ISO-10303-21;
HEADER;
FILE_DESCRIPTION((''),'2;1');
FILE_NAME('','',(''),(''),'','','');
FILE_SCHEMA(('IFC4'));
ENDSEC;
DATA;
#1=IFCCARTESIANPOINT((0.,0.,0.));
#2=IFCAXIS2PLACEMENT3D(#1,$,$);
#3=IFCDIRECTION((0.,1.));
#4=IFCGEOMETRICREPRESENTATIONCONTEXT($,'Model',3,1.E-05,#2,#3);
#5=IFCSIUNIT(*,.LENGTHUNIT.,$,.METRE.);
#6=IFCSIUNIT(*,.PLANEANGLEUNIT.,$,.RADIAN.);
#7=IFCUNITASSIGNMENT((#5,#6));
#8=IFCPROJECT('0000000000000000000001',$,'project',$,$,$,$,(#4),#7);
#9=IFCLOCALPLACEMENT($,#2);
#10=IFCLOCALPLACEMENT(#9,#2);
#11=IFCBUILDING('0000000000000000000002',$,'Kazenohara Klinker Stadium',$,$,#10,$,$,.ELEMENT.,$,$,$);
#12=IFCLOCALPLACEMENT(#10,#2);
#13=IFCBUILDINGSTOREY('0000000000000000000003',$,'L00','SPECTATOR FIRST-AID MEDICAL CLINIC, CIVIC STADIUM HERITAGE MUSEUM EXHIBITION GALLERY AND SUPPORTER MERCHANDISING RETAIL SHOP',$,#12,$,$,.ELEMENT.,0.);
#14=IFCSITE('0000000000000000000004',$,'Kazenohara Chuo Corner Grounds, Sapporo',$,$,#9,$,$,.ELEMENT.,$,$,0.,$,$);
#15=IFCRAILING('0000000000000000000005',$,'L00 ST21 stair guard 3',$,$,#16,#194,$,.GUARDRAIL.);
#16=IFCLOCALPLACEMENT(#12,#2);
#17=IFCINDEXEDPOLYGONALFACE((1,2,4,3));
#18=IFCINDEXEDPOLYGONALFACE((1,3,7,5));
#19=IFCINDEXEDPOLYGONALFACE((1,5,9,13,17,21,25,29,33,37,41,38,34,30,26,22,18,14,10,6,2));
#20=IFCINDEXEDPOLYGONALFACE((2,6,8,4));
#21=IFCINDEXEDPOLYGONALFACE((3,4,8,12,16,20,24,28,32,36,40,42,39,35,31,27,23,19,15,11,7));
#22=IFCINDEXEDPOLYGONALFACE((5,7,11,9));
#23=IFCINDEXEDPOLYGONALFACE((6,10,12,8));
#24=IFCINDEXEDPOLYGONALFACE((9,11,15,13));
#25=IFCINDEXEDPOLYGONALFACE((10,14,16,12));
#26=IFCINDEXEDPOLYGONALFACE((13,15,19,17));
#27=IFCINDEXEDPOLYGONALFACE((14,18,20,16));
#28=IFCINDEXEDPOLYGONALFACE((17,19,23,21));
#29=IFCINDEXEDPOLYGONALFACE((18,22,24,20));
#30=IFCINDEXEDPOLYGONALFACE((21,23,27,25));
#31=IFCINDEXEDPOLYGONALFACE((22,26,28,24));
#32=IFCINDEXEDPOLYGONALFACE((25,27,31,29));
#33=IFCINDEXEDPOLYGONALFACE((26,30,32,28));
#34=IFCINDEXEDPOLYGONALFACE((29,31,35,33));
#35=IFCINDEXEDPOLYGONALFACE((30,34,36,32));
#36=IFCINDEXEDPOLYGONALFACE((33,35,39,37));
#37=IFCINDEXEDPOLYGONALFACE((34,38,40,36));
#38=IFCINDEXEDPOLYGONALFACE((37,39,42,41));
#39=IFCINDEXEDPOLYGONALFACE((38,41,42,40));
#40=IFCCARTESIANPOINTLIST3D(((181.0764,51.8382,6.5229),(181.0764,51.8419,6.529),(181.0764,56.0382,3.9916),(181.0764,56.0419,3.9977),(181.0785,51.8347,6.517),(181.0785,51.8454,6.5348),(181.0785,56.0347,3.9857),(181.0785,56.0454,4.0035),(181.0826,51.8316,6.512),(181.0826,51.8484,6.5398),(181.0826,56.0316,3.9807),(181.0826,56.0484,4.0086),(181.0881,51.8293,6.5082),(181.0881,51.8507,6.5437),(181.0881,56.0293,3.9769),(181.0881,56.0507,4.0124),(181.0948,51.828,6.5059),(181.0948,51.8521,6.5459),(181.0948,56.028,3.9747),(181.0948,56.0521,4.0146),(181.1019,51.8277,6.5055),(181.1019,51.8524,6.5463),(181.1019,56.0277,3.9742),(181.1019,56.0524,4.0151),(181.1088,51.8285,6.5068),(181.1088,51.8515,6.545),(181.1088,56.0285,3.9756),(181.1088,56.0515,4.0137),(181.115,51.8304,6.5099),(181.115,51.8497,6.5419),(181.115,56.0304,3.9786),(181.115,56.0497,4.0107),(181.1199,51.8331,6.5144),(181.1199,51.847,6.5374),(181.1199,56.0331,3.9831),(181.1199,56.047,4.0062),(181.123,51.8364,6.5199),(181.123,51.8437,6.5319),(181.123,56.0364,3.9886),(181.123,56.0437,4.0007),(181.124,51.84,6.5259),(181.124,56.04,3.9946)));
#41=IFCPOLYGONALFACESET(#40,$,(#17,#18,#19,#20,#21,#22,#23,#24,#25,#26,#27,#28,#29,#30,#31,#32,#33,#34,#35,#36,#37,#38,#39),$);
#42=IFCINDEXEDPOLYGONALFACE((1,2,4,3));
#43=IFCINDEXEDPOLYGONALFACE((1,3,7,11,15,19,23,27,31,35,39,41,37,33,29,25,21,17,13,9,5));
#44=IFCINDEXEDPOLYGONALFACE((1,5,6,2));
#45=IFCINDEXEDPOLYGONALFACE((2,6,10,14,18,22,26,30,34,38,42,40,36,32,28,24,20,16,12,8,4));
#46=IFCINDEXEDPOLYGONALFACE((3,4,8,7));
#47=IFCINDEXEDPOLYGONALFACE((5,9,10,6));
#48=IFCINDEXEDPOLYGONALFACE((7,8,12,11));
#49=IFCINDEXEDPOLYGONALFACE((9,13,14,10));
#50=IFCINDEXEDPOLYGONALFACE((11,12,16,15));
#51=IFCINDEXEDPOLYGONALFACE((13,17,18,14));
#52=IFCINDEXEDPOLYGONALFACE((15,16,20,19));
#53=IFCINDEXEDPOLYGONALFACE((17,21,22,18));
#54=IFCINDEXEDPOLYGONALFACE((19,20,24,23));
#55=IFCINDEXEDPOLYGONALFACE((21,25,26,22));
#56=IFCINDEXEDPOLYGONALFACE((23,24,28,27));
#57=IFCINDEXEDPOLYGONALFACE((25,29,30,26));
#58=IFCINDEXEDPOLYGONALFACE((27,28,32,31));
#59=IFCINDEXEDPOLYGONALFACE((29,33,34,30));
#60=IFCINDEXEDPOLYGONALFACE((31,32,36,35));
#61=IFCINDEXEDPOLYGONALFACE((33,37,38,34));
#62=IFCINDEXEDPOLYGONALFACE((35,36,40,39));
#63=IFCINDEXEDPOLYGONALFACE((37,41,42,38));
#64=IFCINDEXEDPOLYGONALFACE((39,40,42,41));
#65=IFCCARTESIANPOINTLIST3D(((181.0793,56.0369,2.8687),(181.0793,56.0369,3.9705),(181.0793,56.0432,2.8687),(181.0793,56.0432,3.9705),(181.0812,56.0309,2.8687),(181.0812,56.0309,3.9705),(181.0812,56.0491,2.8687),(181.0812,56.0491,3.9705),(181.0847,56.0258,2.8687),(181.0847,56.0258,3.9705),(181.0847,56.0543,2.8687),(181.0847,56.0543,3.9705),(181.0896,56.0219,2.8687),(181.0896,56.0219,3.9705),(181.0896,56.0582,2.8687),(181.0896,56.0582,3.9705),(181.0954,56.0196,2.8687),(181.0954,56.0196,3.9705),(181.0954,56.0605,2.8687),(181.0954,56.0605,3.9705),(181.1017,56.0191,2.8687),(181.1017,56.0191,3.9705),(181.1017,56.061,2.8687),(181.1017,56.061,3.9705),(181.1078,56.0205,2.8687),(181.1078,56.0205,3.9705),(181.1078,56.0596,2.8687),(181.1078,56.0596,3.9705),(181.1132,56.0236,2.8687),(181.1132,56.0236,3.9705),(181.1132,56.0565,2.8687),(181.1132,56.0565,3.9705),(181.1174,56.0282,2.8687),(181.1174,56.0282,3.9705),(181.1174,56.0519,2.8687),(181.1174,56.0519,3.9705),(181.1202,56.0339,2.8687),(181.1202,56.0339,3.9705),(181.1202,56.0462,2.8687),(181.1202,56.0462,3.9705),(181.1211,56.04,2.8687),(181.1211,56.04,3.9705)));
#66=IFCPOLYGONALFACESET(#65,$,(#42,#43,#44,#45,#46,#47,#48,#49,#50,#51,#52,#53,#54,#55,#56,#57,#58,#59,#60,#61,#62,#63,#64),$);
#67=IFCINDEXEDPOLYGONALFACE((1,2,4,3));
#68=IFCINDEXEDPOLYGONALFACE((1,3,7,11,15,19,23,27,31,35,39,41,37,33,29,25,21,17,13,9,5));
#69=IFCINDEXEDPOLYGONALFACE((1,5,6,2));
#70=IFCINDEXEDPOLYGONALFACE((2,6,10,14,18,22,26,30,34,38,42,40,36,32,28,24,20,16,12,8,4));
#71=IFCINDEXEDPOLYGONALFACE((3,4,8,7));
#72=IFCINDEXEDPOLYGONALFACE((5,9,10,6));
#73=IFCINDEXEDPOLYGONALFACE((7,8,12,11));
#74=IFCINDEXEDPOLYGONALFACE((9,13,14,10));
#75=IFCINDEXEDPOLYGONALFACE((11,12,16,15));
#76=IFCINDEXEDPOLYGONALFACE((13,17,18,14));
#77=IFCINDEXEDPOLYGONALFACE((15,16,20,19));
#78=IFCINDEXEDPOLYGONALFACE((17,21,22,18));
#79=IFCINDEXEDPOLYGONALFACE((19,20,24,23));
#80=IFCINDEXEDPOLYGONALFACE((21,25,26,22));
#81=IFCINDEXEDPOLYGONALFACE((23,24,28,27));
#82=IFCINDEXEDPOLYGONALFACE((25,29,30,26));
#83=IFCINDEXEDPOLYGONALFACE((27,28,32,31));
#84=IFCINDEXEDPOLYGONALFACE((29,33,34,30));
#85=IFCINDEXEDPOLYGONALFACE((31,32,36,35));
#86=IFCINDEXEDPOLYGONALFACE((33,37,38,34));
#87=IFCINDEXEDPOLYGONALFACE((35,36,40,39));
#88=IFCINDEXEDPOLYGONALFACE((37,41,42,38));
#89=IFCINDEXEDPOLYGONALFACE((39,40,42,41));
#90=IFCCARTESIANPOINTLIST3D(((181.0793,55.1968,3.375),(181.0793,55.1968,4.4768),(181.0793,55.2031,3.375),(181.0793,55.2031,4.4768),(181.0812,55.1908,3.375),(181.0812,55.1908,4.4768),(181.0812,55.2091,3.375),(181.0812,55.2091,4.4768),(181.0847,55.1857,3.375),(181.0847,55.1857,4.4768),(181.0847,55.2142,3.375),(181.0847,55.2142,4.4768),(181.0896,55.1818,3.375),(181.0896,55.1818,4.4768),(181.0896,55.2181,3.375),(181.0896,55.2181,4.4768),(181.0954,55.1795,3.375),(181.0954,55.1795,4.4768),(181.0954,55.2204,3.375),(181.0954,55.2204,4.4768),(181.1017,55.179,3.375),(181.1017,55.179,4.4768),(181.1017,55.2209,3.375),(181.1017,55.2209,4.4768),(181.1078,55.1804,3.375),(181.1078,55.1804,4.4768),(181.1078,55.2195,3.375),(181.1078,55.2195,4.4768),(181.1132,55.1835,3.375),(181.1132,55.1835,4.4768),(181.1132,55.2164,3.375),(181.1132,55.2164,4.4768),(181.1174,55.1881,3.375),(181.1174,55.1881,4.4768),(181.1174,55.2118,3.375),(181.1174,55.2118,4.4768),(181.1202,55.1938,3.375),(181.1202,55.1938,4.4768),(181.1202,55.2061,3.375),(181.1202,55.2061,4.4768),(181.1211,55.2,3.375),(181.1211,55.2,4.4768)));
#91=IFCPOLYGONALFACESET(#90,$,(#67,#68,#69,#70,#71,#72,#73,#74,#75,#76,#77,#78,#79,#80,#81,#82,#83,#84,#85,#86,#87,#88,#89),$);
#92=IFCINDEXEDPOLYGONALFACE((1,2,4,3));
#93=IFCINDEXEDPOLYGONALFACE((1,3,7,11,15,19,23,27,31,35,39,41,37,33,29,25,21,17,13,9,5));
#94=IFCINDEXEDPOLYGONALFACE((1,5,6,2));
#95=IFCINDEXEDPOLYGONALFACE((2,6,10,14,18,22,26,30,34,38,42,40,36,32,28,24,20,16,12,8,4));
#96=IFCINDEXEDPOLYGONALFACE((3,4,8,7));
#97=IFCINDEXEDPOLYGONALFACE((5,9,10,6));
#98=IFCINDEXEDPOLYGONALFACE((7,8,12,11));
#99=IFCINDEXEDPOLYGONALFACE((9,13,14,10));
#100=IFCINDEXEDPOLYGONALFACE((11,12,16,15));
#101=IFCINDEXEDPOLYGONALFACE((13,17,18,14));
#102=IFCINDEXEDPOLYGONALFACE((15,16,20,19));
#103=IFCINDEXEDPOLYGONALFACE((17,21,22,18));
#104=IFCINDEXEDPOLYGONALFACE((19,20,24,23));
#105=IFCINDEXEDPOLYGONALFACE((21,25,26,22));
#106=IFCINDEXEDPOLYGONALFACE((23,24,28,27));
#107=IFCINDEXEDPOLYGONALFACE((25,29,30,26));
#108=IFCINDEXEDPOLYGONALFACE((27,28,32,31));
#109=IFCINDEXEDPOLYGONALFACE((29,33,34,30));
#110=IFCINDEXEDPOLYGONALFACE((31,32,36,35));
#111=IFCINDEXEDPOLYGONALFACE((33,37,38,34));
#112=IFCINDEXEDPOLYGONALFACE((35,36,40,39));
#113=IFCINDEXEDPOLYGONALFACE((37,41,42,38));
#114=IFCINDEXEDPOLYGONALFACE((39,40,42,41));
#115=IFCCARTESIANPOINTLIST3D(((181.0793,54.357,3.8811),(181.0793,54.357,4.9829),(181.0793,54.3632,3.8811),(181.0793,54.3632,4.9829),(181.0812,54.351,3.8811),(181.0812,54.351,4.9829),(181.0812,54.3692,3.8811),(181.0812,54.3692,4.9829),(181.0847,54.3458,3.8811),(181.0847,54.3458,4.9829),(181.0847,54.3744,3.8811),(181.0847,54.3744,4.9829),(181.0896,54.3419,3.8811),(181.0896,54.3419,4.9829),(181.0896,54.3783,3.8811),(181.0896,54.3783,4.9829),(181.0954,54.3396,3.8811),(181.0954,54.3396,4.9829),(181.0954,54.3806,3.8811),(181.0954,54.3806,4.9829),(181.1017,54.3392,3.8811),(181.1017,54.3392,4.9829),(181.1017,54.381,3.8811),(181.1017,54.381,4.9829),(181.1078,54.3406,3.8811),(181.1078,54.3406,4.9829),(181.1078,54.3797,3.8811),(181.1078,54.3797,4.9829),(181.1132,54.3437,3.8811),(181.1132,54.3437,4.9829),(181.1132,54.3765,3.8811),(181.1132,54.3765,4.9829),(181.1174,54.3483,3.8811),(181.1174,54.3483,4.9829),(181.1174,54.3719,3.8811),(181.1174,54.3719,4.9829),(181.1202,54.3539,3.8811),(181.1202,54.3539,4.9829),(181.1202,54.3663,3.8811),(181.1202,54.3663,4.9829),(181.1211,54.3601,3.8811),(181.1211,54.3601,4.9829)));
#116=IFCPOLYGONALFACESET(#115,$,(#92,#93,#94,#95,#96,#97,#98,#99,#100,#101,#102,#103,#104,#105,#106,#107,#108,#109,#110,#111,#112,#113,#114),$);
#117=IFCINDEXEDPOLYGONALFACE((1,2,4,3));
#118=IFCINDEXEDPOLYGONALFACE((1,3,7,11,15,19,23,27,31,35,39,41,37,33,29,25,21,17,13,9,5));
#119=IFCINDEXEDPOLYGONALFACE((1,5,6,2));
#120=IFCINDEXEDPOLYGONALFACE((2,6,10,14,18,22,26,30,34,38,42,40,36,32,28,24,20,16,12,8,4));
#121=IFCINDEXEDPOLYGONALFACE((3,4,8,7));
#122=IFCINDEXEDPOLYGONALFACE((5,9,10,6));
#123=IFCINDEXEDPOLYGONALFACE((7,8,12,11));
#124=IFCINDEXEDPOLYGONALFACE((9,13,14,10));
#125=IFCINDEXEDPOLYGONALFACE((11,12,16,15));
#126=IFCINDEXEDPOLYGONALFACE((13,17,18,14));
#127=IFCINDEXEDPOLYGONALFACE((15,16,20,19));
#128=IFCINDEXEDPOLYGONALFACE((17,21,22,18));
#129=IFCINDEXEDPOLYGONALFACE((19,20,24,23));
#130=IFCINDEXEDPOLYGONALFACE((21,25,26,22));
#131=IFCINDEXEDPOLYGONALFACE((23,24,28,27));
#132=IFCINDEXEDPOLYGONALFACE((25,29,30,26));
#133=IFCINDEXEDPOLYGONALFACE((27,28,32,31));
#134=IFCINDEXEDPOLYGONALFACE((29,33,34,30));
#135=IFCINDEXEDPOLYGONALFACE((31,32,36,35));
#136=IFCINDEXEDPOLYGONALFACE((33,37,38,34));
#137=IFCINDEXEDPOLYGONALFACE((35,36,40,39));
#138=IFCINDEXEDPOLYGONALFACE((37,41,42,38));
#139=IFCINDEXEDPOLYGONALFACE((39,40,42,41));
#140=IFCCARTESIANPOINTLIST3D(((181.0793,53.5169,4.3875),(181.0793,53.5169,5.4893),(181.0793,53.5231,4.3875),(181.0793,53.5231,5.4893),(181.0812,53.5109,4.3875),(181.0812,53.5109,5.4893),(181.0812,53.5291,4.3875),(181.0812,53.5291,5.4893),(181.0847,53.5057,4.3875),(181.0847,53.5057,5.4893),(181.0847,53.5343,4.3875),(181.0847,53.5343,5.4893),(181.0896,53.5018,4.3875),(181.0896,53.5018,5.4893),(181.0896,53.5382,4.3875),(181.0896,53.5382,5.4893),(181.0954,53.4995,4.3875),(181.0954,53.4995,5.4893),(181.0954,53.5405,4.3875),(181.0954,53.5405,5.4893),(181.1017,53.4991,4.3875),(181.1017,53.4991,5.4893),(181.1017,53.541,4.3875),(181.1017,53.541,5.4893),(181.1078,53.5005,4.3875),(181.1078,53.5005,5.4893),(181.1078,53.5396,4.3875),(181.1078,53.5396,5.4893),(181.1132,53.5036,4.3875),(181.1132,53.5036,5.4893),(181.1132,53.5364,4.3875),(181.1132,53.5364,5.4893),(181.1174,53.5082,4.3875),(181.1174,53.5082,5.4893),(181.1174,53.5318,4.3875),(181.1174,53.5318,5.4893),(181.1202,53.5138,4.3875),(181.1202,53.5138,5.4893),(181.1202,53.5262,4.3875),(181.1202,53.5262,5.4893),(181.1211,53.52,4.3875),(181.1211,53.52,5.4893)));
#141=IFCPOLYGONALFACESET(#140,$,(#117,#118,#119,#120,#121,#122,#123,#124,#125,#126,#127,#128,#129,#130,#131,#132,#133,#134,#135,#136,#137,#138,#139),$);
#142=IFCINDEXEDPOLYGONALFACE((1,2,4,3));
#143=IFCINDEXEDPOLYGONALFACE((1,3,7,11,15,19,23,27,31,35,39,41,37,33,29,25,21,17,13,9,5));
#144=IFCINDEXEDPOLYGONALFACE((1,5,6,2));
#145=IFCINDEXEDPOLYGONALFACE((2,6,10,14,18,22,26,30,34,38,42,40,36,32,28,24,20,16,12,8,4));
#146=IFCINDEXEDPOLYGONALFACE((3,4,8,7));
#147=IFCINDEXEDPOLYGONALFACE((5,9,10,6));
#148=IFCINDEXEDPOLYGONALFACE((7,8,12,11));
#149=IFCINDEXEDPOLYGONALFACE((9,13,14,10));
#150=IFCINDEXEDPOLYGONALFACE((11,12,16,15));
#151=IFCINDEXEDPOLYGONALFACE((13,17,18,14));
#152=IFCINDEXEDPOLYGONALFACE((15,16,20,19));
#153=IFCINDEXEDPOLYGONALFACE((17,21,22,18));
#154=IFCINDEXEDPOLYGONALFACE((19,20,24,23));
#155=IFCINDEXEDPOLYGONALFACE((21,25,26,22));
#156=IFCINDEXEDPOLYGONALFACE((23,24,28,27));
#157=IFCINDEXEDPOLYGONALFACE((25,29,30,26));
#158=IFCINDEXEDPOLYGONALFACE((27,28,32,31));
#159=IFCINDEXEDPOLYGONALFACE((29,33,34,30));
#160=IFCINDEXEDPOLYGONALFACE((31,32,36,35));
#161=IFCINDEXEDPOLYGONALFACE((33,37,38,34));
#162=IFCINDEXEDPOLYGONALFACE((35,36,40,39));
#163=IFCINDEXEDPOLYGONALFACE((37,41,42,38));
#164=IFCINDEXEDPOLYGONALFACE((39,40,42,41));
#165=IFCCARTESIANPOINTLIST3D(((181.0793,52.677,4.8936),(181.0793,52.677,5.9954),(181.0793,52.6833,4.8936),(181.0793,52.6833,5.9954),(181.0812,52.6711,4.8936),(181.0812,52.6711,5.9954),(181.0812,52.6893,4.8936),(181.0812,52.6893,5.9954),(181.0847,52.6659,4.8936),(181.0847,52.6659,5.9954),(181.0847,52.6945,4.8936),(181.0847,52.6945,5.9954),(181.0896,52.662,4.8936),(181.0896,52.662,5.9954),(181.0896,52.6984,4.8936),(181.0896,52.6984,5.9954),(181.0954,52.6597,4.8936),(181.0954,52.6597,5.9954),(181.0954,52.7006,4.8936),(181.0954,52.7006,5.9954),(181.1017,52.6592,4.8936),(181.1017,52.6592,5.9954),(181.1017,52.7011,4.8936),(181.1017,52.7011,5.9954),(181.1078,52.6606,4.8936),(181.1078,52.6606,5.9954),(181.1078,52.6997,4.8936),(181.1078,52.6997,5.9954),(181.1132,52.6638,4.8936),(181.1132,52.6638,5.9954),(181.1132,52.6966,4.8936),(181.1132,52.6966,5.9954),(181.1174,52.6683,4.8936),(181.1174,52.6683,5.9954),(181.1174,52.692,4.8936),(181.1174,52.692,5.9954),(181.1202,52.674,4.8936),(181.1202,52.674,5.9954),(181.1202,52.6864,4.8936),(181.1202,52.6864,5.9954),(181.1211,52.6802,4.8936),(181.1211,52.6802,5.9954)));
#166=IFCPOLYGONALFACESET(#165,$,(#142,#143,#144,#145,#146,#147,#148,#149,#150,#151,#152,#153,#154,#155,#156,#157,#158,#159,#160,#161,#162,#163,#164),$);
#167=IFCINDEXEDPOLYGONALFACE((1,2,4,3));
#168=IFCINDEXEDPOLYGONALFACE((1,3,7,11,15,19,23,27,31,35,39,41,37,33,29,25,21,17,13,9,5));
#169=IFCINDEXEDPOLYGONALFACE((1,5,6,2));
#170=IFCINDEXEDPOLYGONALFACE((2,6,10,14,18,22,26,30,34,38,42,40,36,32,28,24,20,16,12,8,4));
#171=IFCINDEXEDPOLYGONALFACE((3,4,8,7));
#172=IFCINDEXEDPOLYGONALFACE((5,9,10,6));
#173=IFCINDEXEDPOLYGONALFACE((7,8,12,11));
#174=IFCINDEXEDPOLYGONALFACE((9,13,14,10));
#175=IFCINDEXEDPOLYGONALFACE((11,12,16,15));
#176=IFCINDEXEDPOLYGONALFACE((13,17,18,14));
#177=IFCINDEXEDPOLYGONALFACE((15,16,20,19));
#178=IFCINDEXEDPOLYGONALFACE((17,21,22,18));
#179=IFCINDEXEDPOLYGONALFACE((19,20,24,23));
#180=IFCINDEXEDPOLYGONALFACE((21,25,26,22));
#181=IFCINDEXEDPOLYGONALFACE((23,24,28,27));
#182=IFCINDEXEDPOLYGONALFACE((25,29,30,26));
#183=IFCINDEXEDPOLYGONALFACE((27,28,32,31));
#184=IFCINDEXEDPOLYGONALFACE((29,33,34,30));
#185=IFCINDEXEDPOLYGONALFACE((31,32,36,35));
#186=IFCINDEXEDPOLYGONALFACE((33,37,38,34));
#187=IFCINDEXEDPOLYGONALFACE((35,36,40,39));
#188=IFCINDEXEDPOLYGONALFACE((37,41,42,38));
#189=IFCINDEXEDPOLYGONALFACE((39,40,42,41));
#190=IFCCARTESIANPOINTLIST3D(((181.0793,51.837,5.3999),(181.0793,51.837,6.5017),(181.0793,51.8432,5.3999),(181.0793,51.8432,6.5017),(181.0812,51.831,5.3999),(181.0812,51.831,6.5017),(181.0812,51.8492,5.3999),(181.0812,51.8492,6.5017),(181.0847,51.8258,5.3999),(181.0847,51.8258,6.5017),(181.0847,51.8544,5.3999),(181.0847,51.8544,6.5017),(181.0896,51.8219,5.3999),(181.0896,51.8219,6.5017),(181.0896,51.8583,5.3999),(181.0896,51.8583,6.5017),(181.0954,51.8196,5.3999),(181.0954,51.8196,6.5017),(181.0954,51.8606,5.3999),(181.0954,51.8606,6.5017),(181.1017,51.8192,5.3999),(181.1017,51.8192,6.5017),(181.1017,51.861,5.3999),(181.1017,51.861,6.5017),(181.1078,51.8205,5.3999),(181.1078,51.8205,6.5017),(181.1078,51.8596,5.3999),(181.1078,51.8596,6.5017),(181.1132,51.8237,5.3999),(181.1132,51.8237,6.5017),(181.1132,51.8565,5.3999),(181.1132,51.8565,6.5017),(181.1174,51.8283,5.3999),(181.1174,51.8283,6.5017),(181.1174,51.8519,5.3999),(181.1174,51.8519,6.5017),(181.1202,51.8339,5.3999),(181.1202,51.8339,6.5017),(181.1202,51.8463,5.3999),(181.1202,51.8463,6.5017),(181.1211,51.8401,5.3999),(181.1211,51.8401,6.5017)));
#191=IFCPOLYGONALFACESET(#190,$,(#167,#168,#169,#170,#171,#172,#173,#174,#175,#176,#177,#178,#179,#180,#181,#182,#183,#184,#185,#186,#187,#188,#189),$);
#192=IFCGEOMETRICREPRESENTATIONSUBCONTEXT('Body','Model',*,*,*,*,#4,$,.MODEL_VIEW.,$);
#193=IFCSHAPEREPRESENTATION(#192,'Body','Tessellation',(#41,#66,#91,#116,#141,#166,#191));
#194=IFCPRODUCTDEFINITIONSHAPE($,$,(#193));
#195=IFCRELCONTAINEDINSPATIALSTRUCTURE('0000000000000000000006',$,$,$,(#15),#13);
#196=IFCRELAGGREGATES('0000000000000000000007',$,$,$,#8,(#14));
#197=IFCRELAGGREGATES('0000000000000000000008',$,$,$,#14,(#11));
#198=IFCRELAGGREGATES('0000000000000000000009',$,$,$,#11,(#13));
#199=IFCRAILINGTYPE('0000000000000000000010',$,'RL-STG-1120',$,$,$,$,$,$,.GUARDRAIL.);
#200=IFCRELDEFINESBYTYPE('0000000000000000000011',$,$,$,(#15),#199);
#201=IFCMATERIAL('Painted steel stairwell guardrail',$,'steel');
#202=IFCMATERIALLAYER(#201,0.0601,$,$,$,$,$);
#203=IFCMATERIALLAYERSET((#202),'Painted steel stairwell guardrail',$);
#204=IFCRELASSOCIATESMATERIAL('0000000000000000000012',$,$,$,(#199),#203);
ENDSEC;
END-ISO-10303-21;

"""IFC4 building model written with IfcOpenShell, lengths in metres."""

from ifc_helpers import new_model, si_unit, direction, frame, origin, origin_2d, place, context, subcontext, project, spatial, circle, extrude, material, layer, layer_set, type_object, element, save


model = new_model("IFC4")

# Units and contexts
model_context = context("Model", 3, precision=1e-05, world=origin(), true_north=direction((0.0, 1.0)))
body_context = subcontext(model_context, "Body", "Model", "MODEL_VIEW")
ifc_project = project(units=[si_unit("LENGTHUNIT", "METRE"), si_unit("PLANEANGLEUNIT", "RADIAN")], contexts=[model_context])

# Site, building, storey
site_placement = place(None, origin())
site = spatial("IfcSite", under=ifc_project, at=site_placement, Name="Kazenohara Chuo Corner Grounds, Sapporo", CompositionType="ELEMENT", RefElevation=0.0)
building_placement = place(site_placement, origin())
building = spatial("IfcBuilding", under=site, at=building_placement, Name="Kazenohara Klinker Stadium", CompositionType="ELEMENT")
storey_placement = place(building_placement, origin())
storey = spatial("IfcBuildingStorey", under=building, at=storey_placement, Name="L00", Description="SPECTATOR FIRST-AID MEDICAL CLINIC, CIVIC STADIUM HERITAGE MUSEUM EXHIBITION GALLERY AND SUPPORTER MERCHANDISING RETAIL SHOP", CompositionType="ELEMENT", Elevation=0.0)

# Railing
ifc_material_1 = material(Name="Painted steel stairwell guardrail", Category="steel")
ifc_layer_1 = layer(ifc_material_1, 0.0601)
ifc_layer_set_1 = layer_set([ifc_layer_1], Name="Painted steel stairwell guardrail")
railing_type_1 = type_object("IfcRailingType", Name="RL-STG-1120", PredefinedType="GUARDRAIL", material=ifc_layer_set_1)
railing_1_placement = place(storey_placement, frame((181.1001, 56.04, 2.8687)))
element("IfcRailing", 1, at=railing_1_placement, inside=storey, type_object=railing_type_1, Name="L00 ST21 stair guard 3", PredefinedType="GUARDRAIL", context=body_context, shape_type="SweptSolid", body=[
    extrude(circle(Radius=0.0239, at=origin_2d()), frame((0.0, 0.0, 1.126), z_axis=(0.0, -0.856476, 0.516186), x_axis=(1.0, 0.0, 0.0)), (0.0, 0.0, 1.0), 4.9038),
    extrude(circle(Radius=0.021, at=origin_2d()), origin(), (0.0, 0.0, 1.0), 1.1018),
    extrude(circle(Radius=0.021, at=origin_2d()), frame((0.0, -0.8401, 0.5063)), (0.0, 0.0, 1.0), 1.1018),
    extrude(circle(Radius=0.021, at=origin_2d()), frame((0.0, -1.6799, 1.0125)), (0.0, 0.0, 1.0), 1.1018),
    extrude(circle(Radius=0.021, at=origin_2d()), frame((0.0, -2.52, 1.5188)), (0.0, 0.0, 1.0), 1.1018),
    extrude(circle(Radius=0.021, at=origin_2d()), frame((0.0, -3.3599, 2.0249)), (0.0, 0.0, 1.0), 1.1018),
    extrude(circle(Radius=0.021, at=origin_2d()), frame((0.0, -4.2, 2.5312)), (0.0, 0.0, 1.0), 1.1018),
])

save(model, "model.ifc")
